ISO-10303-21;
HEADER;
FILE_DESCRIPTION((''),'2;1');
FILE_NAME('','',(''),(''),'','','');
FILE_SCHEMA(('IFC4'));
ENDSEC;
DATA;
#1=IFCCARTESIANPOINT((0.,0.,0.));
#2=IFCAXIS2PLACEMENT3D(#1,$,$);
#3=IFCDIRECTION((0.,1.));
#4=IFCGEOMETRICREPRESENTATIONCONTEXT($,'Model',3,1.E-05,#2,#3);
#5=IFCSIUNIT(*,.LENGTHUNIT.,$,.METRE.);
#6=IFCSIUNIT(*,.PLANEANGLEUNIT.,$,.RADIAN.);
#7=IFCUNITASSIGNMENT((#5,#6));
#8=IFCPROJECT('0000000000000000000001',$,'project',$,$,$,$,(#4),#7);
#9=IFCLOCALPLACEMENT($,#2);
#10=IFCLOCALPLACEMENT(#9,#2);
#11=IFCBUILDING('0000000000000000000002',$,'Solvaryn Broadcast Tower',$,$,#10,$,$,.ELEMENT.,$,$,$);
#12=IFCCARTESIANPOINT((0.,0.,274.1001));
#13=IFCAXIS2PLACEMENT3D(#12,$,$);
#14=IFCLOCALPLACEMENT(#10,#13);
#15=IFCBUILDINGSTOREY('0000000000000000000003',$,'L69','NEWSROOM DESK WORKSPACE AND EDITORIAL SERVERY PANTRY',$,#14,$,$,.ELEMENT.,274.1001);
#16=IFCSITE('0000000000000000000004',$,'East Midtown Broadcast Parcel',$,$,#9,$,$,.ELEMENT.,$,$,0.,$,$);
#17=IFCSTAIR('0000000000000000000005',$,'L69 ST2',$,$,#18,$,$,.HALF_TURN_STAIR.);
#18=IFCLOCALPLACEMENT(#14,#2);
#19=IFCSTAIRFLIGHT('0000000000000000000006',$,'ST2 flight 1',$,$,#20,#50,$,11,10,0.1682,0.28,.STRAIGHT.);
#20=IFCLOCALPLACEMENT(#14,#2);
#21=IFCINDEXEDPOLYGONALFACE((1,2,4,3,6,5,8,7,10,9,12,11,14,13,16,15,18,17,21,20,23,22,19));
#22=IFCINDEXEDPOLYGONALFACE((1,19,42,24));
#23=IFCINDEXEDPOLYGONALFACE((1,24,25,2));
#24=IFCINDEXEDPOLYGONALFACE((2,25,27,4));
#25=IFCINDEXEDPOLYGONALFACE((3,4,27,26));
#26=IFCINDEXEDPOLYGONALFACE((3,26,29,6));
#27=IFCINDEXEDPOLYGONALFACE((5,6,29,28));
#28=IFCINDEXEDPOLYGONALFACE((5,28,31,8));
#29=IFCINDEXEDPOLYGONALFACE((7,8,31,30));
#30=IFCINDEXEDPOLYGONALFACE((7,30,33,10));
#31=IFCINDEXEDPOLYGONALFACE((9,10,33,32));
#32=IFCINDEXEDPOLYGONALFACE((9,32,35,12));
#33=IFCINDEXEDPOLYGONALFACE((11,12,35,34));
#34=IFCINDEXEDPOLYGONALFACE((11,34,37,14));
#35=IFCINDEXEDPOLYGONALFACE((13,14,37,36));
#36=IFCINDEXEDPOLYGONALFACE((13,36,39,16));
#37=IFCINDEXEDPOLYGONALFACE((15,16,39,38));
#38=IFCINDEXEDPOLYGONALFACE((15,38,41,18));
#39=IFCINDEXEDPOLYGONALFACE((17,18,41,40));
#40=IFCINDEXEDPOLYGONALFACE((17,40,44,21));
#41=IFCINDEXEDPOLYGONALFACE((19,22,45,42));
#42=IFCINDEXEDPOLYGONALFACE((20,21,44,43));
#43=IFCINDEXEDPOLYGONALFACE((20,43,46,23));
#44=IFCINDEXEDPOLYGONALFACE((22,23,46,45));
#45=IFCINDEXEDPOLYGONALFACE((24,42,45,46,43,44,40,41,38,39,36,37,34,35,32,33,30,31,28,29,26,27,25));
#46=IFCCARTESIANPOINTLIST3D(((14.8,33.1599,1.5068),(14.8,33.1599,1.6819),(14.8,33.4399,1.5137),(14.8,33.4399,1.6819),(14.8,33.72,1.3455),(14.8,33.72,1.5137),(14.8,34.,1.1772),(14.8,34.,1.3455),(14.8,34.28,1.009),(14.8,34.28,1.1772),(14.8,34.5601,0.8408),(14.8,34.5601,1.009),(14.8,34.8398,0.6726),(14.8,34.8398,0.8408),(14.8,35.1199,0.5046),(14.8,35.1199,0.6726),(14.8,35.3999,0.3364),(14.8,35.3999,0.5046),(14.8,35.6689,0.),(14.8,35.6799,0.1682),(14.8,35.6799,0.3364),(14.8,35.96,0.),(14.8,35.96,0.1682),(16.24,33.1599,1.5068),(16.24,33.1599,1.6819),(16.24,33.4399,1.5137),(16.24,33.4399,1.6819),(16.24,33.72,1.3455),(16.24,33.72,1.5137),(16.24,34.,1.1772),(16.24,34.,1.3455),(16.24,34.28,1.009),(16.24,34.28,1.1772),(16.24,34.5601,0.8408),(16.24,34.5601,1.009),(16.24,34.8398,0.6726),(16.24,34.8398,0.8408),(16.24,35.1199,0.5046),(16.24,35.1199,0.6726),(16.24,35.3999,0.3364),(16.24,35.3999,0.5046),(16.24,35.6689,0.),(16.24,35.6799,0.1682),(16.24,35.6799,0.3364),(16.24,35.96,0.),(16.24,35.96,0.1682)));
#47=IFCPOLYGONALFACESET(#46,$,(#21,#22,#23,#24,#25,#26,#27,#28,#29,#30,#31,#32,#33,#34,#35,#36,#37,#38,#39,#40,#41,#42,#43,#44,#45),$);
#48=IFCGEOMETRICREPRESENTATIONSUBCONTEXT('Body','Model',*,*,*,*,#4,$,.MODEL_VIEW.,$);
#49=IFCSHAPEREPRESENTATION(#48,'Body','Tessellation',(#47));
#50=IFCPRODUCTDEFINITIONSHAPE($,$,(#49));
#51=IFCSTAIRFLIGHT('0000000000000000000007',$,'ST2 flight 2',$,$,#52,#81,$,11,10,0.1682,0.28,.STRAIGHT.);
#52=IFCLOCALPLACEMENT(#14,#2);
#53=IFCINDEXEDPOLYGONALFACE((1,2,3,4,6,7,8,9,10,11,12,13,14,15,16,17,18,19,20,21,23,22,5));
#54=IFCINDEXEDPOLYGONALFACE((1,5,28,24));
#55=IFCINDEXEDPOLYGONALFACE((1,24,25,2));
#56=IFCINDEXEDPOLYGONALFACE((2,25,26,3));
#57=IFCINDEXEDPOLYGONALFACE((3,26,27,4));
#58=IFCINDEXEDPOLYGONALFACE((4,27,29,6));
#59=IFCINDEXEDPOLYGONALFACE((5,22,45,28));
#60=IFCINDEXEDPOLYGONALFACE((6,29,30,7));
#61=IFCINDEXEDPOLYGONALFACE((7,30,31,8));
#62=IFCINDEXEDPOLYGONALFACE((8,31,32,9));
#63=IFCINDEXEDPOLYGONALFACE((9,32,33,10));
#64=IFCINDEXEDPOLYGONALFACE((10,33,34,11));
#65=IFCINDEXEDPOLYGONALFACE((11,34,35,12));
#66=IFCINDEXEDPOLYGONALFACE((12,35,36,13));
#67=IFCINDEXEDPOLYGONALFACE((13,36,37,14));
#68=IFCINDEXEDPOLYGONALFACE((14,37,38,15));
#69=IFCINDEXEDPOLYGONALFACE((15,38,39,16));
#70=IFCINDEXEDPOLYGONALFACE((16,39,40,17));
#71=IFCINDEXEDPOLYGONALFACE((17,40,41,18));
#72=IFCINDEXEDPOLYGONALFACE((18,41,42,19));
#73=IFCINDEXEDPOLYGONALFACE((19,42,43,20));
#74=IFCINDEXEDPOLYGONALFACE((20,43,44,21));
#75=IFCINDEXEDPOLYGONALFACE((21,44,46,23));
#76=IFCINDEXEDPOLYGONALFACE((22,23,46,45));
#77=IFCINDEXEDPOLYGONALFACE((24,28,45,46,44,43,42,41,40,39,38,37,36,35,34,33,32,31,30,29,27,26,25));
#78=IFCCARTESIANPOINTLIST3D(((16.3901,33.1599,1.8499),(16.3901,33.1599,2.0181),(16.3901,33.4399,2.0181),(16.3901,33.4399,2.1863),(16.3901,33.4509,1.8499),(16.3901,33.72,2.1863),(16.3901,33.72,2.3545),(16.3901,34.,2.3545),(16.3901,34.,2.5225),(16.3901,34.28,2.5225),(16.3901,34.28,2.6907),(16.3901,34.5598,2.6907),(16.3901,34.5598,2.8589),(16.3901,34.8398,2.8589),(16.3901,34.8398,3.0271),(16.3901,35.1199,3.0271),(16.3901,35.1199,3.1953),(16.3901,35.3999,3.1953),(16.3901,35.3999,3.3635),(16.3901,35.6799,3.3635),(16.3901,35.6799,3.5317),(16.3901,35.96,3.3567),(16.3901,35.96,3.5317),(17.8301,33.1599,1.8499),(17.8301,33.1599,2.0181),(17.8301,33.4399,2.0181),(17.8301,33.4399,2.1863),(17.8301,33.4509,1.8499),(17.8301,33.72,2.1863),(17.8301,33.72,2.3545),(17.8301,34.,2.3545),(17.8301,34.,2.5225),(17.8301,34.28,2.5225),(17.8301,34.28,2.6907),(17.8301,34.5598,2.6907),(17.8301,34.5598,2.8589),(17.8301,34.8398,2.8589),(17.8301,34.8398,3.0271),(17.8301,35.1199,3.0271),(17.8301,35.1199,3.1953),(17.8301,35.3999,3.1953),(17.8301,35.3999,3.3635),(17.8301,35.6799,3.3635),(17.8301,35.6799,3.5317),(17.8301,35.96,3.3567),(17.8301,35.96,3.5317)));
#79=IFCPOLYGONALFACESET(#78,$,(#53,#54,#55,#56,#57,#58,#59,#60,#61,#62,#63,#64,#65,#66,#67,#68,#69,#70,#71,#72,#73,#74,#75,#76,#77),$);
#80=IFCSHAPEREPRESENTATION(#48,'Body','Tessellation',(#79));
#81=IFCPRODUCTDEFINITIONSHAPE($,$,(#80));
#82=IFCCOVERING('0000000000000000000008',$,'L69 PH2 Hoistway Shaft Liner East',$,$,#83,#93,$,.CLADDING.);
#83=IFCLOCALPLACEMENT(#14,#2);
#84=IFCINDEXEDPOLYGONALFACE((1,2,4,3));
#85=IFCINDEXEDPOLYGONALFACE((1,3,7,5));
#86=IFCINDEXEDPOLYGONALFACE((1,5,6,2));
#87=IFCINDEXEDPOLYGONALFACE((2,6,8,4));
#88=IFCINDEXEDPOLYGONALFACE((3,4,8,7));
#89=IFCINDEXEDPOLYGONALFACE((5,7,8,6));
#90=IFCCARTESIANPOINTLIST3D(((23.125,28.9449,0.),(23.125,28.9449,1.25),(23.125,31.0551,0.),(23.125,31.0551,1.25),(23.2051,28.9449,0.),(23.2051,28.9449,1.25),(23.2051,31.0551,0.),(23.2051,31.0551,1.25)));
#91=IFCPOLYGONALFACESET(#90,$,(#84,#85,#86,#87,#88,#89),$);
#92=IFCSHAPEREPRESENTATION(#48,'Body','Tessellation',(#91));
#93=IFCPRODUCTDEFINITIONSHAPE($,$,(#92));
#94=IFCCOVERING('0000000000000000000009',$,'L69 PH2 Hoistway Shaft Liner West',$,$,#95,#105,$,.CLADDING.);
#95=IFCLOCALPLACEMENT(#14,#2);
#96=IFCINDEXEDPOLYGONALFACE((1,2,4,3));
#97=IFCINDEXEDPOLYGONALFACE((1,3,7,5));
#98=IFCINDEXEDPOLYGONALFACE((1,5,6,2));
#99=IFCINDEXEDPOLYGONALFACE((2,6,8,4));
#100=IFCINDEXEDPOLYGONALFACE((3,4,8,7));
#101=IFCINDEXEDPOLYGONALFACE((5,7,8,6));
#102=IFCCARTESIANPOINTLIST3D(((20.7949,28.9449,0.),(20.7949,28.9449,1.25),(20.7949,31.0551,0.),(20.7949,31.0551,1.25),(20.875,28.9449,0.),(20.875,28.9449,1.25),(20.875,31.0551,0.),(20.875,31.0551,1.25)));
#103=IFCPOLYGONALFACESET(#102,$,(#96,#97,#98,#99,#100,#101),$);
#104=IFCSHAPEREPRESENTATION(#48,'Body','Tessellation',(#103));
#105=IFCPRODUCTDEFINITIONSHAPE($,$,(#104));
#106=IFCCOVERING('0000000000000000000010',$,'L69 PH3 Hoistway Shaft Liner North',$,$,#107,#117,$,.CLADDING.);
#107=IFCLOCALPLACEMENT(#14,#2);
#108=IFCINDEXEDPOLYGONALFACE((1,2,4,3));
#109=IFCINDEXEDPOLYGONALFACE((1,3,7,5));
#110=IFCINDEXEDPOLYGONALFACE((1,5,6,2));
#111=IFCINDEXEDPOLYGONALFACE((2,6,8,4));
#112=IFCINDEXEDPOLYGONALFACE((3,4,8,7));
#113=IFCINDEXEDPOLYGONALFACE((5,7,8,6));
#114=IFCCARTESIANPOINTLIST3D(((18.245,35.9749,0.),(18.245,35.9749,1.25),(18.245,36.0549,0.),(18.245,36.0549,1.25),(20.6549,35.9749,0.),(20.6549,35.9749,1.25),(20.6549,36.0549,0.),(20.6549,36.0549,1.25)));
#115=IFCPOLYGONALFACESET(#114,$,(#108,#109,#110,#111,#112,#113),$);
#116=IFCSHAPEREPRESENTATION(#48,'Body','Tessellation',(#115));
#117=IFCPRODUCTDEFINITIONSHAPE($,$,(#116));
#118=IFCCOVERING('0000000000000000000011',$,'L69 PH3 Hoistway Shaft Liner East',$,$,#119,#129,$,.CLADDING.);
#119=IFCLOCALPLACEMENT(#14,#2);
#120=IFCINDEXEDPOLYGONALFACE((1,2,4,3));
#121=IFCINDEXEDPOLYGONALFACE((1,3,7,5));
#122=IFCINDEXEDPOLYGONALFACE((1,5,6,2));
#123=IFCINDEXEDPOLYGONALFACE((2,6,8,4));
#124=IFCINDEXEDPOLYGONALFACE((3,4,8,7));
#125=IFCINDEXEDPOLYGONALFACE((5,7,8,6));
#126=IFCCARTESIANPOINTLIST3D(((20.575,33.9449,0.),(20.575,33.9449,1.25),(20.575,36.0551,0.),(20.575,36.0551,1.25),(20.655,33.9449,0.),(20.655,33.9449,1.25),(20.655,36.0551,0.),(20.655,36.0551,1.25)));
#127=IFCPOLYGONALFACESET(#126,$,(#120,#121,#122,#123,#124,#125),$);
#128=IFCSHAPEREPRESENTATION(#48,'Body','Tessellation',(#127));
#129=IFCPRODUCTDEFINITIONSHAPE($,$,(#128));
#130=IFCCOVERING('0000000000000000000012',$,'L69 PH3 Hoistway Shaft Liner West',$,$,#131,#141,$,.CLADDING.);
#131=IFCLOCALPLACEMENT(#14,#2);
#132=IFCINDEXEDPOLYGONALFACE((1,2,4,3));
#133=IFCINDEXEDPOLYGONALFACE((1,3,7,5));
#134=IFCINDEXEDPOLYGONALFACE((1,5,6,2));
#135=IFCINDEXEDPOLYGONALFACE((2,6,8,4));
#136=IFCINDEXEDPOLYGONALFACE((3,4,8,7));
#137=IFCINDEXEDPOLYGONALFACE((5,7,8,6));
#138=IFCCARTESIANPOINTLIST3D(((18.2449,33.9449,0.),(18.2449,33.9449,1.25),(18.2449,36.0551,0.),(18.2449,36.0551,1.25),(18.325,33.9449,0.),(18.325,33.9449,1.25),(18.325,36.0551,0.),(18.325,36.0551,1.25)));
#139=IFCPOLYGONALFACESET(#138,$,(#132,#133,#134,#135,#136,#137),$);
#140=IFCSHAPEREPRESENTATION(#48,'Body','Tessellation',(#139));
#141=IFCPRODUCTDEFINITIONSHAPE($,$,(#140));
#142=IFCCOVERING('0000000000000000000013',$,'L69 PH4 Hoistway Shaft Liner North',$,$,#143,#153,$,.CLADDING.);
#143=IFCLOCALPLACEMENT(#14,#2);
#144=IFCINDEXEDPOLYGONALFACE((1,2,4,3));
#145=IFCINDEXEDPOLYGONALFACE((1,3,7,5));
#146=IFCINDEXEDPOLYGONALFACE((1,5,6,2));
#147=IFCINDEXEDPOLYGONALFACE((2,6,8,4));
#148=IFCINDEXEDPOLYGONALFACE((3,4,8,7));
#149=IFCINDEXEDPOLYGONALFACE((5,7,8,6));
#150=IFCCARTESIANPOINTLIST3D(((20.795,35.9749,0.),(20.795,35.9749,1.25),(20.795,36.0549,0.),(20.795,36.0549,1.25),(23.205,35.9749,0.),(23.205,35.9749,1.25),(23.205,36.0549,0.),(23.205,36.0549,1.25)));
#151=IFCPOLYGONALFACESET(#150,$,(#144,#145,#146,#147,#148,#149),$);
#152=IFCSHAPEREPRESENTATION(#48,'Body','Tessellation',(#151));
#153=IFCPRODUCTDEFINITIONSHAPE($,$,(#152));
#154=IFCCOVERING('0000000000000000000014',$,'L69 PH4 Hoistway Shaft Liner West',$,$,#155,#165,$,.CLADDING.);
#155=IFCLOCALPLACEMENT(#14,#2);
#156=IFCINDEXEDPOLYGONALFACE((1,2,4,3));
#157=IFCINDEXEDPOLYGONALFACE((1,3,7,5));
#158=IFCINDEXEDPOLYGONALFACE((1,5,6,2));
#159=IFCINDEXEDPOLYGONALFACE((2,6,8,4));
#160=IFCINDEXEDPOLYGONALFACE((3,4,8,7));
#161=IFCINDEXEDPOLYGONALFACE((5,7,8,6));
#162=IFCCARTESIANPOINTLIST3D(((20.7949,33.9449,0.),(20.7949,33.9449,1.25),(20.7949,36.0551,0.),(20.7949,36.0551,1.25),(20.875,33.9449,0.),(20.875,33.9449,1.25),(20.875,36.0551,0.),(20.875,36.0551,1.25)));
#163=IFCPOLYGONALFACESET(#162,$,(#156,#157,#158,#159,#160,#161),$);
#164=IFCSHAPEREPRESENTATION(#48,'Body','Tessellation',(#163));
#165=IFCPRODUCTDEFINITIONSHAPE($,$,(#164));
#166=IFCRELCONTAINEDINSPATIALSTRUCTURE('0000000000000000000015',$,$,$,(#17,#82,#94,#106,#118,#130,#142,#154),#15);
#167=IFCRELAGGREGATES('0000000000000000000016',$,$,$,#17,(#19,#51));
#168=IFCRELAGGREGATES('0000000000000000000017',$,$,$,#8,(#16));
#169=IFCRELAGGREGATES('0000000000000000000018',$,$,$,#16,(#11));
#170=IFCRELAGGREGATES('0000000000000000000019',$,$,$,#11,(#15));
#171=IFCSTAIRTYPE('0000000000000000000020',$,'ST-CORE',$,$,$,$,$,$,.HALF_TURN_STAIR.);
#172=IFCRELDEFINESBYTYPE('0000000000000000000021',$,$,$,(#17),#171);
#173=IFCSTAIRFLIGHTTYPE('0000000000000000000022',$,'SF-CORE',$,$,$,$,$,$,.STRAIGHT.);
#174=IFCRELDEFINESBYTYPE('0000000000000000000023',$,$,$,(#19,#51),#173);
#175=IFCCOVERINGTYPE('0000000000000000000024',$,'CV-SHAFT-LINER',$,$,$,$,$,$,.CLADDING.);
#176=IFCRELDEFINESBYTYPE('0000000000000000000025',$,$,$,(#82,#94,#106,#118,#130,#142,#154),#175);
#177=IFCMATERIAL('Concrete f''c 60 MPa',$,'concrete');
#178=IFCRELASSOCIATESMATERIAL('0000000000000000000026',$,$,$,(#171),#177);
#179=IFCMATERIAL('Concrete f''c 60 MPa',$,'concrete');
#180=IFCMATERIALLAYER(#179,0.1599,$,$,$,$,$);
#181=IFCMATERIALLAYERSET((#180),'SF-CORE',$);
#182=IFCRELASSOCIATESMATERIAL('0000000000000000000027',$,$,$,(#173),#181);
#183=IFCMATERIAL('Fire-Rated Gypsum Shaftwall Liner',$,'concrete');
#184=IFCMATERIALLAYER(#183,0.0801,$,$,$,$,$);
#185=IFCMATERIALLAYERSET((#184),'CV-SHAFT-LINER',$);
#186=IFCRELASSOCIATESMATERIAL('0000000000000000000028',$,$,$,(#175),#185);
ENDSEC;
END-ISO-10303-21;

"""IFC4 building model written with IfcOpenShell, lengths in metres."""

from ifc_helpers import new_model, si_unit, direction, frame, origin, origin_2d, place, context, subcontext, project, spatial, polyline, rectangle, outline, extrude, material, layer, layer_set, type_object, element, aggregate, save


model = new_model("IFC4")

# Units and contexts
model_context = context("Model", 3, precision=1e-05, world=origin(), true_north=direction((0.0, 1.0)))
body_context = subcontext(model_context, "Body", "Model", "MODEL_VIEW")
ifc_project = project(units=[si_unit("LENGTHUNIT", "METRE"), si_unit("PLANEANGLEUNIT", "RADIAN")], contexts=[model_context])

# Site, building, storey
site_placement = place(None, origin())
site = spatial("IfcSite", under=ifc_project, at=site_placement, Name="East Midtown Broadcast Parcel", CompositionType="ELEMENT", RefElevation=0.0)
building_placement = place(site_placement, origin())
building = spatial("IfcBuilding", under=site, at=building_placement, Name="Solvaryn Broadcast Tower", CompositionType="ELEMENT")
storey_placement = place(building_placement, frame((0.0, 0.0, 274.1001)))
storey = spatial("IfcBuildingStorey", under=building, at=storey_placement, Name="L69", Description="NEWSROOM DESK WORKSPACE AND EDITORIAL SERVERY PANTRY", CompositionType="ELEMENT", Elevation=274.1001)

# Stair, stair flights
ifc_material_1 = material(Name="Concrete f'c 60 MPa", Category="concrete")
stair_type = type_object("IfcStairType", Name="ST-CORE", PredefinedType="HALF_TURN_STAIR", material=ifc_material_1)
stair_placement = place(storey_placement, origin())
stair = element("IfcStair", 1, at=stair_placement, inside=storey, type_object=stair_type, Name="L69 ST2", PredefinedType="HALF_TURN_STAIR")
ifc_material_2 = material(Name="Concrete f'c 60 MPa", Category="concrete")
ifc_layer_1 = layer(ifc_material_2, 0.1599)
ifc_layer_set_1 = layer_set([ifc_layer_1], Name="SF-CORE")
stair_flight_type = type_object("IfcStairFlightType", Name="SF-CORE", PredefinedType="STRAIGHT", material=ifc_layer_set_1)
stair_flight_1_placement = place(storey_placement, frame((15.52, 35.96, 0.0), z_axis=(0.0, 0.0, 1.0), x_axis=(0.0, -1.0, 0.0)))
stair_flight_1 = element("IfcStairFlight", 2, at=stair_flight_1_placement, type_object=stair_flight_type, Name="ST2 flight 1", NumberOfRisers=11, NumberOfTreads=10, PredefinedType="STRAIGHT", RiserHeight=0.1682, TreadLength=0.28, context=body_context, shape_type="SweptSolid", body=[
    extrude(outline(polyline([(0.0, 0.0), (0.0, 0.1682), (0.28, 0.1682), (0.28, 0.3364), (0.5601, 0.3364), (0.5601, 0.5046), (0.8401, 0.5046), (0.8401, 0.6726), (1.1201, 0.6726), (1.1201, 0.8408), (1.3999, 0.8408), (1.3999, 1.009), (1.6799, 1.009), (1.6799, 1.1772), (1.96, 1.1772), (1.96, 1.3455), (2.24, 1.3455), (2.24, 1.5137), (2.52, 1.5137), (2.52, 1.6819), (2.8, 1.6819), (2.8, 1.8501), (2.8, 1.5068), (0.291, 0.0), (0.0, 0.0)])), frame((0.0, 0.72, 0.0), z_axis=(0.0, -1.0, 0.0), x_axis=(1.0, 0.0, 0.0)), (0.0, 0.0, 1.0), 1.4399),
])
stair_flight_2_placement = place(storey_placement, frame((17.1101, 33.1599, 1.8499), z_axis=(0.0, 0.0, 1.0), x_axis=(0.0, 1.0, 0.0)))
stair_flight_2 = element("IfcStairFlight", 3, at=stair_flight_2_placement, type_object=stair_flight_type, Name="ST2 flight 2", NumberOfRisers=11, NumberOfTreads=10, PredefinedType="STRAIGHT", RiserHeight=0.1682, TreadLength=0.28, context=body_context, shape_type="SweptSolid", body=[
    extrude(outline(polyline([(0.0, 0.0), (0.0, 0.1682), (0.28, 0.1682), (0.28, 0.3364), (0.5601, 0.3364), (0.5601, 0.5046), (0.8401, 0.5046), (0.8401, 0.6726), (1.1201, 0.6726), (1.1201, 0.8408), (1.3999, 0.8408), (1.3999, 1.009), (1.6799, 1.009), (1.6799, 1.1772), (1.96, 1.1772), (1.96, 1.3455), (2.24, 1.3455), (2.24, 1.5137), (2.52, 1.5137), (2.52, 1.6819), (2.8, 1.6819), (2.8, 1.8501), (2.8, 1.5068), (0.291, 0.0), (0.0, 0.0)])), frame((0.0, 0.72, 0.0), z_axis=(0.0, -1.0, 0.0), x_axis=(1.0, 0.0, 0.0)), (0.0, 0.0, 1.0), 1.4399),
])
aggregate(stair, [stair_flight_1, stair_flight_2])

# Coverings
ifc_material_3 = material(Name="Fire-Rated Gypsum Shaftwall Liner", Category="concrete")
ifc_layer_2 = layer(ifc_material_3, 0.0801)
ifc_layer_set_2 = layer_set([ifc_layer_2], Name="CV-SHAFT-LINER")
covering_type = type_object("IfcCoveringType", Name="CV-SHAFT-LINER", PredefinedType="CLADDING", material=ifc_layer_set_2)
for number, where, z_axis, x_axis, name in (
    (4, (23.165, 30.0, 0.0), (0.0, 0.0, 1.0), (1.0, 0.0, 0.0), "L69 PH2 Hoistway Shaft Liner East"),
    (5, (20.835, 30.0, 0.0), (0.0, 0.0, 1.0), (1.0, 0.0, 0.0), "L69 PH2 Hoistway Shaft Liner West"),
):
    element("IfcCovering", number, at=place(storey_placement, frame(where, z_axis=z_axis, x_axis=x_axis)), inside=storey, type_object=covering_type, Name=name, PredefinedType="CLADDING", context=body_context, shape_type="SweptSolid", body=[
        extrude(rectangle(XDim=0.0801, YDim=2.1101, at=origin_2d()), origin(), (0.0, 0.0, 1.0), 1.25),
    ])
covering_1_placement = place(storey_placement, frame((19.45, 36.0149, 0.0), z_axis=(0.0, 0.0, 1.0), x_axis=(1.0, 0.0, 0.0)))
element("IfcCovering", 6, at=covering_1_placement, inside=storey, type_object=covering_type, Name="L69 PH3 Hoistway Shaft Liner North", PredefinedType="CLADDING", context=body_context, shape_type="SweptSolid", body=[
    extrude(rectangle(XDim=2.4099, YDim=0.0801, at=origin_2d()), origin(), (0.0, 0.0, 1.0), 1.25),
])
for number, where, z_axis, x_axis, name in (
    (7, (20.615, 35.0, 0.0), (0.0, 0.0, 1.0), (1.0, 0.0, 0.0), "L69 PH3 Hoistway Shaft Liner East"),
    (8, (18.2849, 35.0, 0.0), (0.0, 0.0, 1.0), (1.0, 0.0, 0.0), "L69 PH3 Hoistway Shaft Liner West"),
):
    element("IfcCovering", number, at=place(storey_placement, frame(where, z_axis=z_axis, x_axis=x_axis)), inside=storey, type_object=covering_type, Name=name, PredefinedType="CLADDING", context=body_context, shape_type="SweptSolid", body=[
        extrude(rectangle(XDim=0.0801, YDim=2.1101, at=origin_2d()), origin(), (0.0, 0.0, 1.0), 1.25),
    ])
covering_2_placement = place(storey_placement, frame((22.0, 36.0149, 0.0), z_axis=(0.0, 0.0, 1.0), x_axis=(1.0, 0.0, 0.0)))
element("IfcCovering", 9, at=covering_2_placement, inside=storey, type_object=covering_type, Name="L69 PH4 Hoistway Shaft Liner North", PredefinedType="CLADDING", context=body_context, shape_type="SweptSolid", body=[
    extrude(rectangle(XDim=2.4099, YDim=0.0801, at=origin_2d()), origin(), (0.0, 0.0, 1.0), 1.25),
])
covering_3_placement = place(storey_placement, frame((20.835, 35.0, 0.0), z_axis=(0.0, 0.0, 1.0), x_axis=(1.0, 0.0, 0.0)))
element("IfcCovering", 10, at=covering_3_placement, inside=storey, type_object=covering_type, Name="L69 PH4 Hoistway Shaft Liner West", PredefinedType="CLADDING", context=body_context, shape_type="SweptSolid", body=[
    extrude(rectangle(XDim=0.0801, YDim=2.1101, at=origin_2d()), origin(), (0.0, 0.0, 1.0), 1.25),
])

save(model, "model.ifc")
